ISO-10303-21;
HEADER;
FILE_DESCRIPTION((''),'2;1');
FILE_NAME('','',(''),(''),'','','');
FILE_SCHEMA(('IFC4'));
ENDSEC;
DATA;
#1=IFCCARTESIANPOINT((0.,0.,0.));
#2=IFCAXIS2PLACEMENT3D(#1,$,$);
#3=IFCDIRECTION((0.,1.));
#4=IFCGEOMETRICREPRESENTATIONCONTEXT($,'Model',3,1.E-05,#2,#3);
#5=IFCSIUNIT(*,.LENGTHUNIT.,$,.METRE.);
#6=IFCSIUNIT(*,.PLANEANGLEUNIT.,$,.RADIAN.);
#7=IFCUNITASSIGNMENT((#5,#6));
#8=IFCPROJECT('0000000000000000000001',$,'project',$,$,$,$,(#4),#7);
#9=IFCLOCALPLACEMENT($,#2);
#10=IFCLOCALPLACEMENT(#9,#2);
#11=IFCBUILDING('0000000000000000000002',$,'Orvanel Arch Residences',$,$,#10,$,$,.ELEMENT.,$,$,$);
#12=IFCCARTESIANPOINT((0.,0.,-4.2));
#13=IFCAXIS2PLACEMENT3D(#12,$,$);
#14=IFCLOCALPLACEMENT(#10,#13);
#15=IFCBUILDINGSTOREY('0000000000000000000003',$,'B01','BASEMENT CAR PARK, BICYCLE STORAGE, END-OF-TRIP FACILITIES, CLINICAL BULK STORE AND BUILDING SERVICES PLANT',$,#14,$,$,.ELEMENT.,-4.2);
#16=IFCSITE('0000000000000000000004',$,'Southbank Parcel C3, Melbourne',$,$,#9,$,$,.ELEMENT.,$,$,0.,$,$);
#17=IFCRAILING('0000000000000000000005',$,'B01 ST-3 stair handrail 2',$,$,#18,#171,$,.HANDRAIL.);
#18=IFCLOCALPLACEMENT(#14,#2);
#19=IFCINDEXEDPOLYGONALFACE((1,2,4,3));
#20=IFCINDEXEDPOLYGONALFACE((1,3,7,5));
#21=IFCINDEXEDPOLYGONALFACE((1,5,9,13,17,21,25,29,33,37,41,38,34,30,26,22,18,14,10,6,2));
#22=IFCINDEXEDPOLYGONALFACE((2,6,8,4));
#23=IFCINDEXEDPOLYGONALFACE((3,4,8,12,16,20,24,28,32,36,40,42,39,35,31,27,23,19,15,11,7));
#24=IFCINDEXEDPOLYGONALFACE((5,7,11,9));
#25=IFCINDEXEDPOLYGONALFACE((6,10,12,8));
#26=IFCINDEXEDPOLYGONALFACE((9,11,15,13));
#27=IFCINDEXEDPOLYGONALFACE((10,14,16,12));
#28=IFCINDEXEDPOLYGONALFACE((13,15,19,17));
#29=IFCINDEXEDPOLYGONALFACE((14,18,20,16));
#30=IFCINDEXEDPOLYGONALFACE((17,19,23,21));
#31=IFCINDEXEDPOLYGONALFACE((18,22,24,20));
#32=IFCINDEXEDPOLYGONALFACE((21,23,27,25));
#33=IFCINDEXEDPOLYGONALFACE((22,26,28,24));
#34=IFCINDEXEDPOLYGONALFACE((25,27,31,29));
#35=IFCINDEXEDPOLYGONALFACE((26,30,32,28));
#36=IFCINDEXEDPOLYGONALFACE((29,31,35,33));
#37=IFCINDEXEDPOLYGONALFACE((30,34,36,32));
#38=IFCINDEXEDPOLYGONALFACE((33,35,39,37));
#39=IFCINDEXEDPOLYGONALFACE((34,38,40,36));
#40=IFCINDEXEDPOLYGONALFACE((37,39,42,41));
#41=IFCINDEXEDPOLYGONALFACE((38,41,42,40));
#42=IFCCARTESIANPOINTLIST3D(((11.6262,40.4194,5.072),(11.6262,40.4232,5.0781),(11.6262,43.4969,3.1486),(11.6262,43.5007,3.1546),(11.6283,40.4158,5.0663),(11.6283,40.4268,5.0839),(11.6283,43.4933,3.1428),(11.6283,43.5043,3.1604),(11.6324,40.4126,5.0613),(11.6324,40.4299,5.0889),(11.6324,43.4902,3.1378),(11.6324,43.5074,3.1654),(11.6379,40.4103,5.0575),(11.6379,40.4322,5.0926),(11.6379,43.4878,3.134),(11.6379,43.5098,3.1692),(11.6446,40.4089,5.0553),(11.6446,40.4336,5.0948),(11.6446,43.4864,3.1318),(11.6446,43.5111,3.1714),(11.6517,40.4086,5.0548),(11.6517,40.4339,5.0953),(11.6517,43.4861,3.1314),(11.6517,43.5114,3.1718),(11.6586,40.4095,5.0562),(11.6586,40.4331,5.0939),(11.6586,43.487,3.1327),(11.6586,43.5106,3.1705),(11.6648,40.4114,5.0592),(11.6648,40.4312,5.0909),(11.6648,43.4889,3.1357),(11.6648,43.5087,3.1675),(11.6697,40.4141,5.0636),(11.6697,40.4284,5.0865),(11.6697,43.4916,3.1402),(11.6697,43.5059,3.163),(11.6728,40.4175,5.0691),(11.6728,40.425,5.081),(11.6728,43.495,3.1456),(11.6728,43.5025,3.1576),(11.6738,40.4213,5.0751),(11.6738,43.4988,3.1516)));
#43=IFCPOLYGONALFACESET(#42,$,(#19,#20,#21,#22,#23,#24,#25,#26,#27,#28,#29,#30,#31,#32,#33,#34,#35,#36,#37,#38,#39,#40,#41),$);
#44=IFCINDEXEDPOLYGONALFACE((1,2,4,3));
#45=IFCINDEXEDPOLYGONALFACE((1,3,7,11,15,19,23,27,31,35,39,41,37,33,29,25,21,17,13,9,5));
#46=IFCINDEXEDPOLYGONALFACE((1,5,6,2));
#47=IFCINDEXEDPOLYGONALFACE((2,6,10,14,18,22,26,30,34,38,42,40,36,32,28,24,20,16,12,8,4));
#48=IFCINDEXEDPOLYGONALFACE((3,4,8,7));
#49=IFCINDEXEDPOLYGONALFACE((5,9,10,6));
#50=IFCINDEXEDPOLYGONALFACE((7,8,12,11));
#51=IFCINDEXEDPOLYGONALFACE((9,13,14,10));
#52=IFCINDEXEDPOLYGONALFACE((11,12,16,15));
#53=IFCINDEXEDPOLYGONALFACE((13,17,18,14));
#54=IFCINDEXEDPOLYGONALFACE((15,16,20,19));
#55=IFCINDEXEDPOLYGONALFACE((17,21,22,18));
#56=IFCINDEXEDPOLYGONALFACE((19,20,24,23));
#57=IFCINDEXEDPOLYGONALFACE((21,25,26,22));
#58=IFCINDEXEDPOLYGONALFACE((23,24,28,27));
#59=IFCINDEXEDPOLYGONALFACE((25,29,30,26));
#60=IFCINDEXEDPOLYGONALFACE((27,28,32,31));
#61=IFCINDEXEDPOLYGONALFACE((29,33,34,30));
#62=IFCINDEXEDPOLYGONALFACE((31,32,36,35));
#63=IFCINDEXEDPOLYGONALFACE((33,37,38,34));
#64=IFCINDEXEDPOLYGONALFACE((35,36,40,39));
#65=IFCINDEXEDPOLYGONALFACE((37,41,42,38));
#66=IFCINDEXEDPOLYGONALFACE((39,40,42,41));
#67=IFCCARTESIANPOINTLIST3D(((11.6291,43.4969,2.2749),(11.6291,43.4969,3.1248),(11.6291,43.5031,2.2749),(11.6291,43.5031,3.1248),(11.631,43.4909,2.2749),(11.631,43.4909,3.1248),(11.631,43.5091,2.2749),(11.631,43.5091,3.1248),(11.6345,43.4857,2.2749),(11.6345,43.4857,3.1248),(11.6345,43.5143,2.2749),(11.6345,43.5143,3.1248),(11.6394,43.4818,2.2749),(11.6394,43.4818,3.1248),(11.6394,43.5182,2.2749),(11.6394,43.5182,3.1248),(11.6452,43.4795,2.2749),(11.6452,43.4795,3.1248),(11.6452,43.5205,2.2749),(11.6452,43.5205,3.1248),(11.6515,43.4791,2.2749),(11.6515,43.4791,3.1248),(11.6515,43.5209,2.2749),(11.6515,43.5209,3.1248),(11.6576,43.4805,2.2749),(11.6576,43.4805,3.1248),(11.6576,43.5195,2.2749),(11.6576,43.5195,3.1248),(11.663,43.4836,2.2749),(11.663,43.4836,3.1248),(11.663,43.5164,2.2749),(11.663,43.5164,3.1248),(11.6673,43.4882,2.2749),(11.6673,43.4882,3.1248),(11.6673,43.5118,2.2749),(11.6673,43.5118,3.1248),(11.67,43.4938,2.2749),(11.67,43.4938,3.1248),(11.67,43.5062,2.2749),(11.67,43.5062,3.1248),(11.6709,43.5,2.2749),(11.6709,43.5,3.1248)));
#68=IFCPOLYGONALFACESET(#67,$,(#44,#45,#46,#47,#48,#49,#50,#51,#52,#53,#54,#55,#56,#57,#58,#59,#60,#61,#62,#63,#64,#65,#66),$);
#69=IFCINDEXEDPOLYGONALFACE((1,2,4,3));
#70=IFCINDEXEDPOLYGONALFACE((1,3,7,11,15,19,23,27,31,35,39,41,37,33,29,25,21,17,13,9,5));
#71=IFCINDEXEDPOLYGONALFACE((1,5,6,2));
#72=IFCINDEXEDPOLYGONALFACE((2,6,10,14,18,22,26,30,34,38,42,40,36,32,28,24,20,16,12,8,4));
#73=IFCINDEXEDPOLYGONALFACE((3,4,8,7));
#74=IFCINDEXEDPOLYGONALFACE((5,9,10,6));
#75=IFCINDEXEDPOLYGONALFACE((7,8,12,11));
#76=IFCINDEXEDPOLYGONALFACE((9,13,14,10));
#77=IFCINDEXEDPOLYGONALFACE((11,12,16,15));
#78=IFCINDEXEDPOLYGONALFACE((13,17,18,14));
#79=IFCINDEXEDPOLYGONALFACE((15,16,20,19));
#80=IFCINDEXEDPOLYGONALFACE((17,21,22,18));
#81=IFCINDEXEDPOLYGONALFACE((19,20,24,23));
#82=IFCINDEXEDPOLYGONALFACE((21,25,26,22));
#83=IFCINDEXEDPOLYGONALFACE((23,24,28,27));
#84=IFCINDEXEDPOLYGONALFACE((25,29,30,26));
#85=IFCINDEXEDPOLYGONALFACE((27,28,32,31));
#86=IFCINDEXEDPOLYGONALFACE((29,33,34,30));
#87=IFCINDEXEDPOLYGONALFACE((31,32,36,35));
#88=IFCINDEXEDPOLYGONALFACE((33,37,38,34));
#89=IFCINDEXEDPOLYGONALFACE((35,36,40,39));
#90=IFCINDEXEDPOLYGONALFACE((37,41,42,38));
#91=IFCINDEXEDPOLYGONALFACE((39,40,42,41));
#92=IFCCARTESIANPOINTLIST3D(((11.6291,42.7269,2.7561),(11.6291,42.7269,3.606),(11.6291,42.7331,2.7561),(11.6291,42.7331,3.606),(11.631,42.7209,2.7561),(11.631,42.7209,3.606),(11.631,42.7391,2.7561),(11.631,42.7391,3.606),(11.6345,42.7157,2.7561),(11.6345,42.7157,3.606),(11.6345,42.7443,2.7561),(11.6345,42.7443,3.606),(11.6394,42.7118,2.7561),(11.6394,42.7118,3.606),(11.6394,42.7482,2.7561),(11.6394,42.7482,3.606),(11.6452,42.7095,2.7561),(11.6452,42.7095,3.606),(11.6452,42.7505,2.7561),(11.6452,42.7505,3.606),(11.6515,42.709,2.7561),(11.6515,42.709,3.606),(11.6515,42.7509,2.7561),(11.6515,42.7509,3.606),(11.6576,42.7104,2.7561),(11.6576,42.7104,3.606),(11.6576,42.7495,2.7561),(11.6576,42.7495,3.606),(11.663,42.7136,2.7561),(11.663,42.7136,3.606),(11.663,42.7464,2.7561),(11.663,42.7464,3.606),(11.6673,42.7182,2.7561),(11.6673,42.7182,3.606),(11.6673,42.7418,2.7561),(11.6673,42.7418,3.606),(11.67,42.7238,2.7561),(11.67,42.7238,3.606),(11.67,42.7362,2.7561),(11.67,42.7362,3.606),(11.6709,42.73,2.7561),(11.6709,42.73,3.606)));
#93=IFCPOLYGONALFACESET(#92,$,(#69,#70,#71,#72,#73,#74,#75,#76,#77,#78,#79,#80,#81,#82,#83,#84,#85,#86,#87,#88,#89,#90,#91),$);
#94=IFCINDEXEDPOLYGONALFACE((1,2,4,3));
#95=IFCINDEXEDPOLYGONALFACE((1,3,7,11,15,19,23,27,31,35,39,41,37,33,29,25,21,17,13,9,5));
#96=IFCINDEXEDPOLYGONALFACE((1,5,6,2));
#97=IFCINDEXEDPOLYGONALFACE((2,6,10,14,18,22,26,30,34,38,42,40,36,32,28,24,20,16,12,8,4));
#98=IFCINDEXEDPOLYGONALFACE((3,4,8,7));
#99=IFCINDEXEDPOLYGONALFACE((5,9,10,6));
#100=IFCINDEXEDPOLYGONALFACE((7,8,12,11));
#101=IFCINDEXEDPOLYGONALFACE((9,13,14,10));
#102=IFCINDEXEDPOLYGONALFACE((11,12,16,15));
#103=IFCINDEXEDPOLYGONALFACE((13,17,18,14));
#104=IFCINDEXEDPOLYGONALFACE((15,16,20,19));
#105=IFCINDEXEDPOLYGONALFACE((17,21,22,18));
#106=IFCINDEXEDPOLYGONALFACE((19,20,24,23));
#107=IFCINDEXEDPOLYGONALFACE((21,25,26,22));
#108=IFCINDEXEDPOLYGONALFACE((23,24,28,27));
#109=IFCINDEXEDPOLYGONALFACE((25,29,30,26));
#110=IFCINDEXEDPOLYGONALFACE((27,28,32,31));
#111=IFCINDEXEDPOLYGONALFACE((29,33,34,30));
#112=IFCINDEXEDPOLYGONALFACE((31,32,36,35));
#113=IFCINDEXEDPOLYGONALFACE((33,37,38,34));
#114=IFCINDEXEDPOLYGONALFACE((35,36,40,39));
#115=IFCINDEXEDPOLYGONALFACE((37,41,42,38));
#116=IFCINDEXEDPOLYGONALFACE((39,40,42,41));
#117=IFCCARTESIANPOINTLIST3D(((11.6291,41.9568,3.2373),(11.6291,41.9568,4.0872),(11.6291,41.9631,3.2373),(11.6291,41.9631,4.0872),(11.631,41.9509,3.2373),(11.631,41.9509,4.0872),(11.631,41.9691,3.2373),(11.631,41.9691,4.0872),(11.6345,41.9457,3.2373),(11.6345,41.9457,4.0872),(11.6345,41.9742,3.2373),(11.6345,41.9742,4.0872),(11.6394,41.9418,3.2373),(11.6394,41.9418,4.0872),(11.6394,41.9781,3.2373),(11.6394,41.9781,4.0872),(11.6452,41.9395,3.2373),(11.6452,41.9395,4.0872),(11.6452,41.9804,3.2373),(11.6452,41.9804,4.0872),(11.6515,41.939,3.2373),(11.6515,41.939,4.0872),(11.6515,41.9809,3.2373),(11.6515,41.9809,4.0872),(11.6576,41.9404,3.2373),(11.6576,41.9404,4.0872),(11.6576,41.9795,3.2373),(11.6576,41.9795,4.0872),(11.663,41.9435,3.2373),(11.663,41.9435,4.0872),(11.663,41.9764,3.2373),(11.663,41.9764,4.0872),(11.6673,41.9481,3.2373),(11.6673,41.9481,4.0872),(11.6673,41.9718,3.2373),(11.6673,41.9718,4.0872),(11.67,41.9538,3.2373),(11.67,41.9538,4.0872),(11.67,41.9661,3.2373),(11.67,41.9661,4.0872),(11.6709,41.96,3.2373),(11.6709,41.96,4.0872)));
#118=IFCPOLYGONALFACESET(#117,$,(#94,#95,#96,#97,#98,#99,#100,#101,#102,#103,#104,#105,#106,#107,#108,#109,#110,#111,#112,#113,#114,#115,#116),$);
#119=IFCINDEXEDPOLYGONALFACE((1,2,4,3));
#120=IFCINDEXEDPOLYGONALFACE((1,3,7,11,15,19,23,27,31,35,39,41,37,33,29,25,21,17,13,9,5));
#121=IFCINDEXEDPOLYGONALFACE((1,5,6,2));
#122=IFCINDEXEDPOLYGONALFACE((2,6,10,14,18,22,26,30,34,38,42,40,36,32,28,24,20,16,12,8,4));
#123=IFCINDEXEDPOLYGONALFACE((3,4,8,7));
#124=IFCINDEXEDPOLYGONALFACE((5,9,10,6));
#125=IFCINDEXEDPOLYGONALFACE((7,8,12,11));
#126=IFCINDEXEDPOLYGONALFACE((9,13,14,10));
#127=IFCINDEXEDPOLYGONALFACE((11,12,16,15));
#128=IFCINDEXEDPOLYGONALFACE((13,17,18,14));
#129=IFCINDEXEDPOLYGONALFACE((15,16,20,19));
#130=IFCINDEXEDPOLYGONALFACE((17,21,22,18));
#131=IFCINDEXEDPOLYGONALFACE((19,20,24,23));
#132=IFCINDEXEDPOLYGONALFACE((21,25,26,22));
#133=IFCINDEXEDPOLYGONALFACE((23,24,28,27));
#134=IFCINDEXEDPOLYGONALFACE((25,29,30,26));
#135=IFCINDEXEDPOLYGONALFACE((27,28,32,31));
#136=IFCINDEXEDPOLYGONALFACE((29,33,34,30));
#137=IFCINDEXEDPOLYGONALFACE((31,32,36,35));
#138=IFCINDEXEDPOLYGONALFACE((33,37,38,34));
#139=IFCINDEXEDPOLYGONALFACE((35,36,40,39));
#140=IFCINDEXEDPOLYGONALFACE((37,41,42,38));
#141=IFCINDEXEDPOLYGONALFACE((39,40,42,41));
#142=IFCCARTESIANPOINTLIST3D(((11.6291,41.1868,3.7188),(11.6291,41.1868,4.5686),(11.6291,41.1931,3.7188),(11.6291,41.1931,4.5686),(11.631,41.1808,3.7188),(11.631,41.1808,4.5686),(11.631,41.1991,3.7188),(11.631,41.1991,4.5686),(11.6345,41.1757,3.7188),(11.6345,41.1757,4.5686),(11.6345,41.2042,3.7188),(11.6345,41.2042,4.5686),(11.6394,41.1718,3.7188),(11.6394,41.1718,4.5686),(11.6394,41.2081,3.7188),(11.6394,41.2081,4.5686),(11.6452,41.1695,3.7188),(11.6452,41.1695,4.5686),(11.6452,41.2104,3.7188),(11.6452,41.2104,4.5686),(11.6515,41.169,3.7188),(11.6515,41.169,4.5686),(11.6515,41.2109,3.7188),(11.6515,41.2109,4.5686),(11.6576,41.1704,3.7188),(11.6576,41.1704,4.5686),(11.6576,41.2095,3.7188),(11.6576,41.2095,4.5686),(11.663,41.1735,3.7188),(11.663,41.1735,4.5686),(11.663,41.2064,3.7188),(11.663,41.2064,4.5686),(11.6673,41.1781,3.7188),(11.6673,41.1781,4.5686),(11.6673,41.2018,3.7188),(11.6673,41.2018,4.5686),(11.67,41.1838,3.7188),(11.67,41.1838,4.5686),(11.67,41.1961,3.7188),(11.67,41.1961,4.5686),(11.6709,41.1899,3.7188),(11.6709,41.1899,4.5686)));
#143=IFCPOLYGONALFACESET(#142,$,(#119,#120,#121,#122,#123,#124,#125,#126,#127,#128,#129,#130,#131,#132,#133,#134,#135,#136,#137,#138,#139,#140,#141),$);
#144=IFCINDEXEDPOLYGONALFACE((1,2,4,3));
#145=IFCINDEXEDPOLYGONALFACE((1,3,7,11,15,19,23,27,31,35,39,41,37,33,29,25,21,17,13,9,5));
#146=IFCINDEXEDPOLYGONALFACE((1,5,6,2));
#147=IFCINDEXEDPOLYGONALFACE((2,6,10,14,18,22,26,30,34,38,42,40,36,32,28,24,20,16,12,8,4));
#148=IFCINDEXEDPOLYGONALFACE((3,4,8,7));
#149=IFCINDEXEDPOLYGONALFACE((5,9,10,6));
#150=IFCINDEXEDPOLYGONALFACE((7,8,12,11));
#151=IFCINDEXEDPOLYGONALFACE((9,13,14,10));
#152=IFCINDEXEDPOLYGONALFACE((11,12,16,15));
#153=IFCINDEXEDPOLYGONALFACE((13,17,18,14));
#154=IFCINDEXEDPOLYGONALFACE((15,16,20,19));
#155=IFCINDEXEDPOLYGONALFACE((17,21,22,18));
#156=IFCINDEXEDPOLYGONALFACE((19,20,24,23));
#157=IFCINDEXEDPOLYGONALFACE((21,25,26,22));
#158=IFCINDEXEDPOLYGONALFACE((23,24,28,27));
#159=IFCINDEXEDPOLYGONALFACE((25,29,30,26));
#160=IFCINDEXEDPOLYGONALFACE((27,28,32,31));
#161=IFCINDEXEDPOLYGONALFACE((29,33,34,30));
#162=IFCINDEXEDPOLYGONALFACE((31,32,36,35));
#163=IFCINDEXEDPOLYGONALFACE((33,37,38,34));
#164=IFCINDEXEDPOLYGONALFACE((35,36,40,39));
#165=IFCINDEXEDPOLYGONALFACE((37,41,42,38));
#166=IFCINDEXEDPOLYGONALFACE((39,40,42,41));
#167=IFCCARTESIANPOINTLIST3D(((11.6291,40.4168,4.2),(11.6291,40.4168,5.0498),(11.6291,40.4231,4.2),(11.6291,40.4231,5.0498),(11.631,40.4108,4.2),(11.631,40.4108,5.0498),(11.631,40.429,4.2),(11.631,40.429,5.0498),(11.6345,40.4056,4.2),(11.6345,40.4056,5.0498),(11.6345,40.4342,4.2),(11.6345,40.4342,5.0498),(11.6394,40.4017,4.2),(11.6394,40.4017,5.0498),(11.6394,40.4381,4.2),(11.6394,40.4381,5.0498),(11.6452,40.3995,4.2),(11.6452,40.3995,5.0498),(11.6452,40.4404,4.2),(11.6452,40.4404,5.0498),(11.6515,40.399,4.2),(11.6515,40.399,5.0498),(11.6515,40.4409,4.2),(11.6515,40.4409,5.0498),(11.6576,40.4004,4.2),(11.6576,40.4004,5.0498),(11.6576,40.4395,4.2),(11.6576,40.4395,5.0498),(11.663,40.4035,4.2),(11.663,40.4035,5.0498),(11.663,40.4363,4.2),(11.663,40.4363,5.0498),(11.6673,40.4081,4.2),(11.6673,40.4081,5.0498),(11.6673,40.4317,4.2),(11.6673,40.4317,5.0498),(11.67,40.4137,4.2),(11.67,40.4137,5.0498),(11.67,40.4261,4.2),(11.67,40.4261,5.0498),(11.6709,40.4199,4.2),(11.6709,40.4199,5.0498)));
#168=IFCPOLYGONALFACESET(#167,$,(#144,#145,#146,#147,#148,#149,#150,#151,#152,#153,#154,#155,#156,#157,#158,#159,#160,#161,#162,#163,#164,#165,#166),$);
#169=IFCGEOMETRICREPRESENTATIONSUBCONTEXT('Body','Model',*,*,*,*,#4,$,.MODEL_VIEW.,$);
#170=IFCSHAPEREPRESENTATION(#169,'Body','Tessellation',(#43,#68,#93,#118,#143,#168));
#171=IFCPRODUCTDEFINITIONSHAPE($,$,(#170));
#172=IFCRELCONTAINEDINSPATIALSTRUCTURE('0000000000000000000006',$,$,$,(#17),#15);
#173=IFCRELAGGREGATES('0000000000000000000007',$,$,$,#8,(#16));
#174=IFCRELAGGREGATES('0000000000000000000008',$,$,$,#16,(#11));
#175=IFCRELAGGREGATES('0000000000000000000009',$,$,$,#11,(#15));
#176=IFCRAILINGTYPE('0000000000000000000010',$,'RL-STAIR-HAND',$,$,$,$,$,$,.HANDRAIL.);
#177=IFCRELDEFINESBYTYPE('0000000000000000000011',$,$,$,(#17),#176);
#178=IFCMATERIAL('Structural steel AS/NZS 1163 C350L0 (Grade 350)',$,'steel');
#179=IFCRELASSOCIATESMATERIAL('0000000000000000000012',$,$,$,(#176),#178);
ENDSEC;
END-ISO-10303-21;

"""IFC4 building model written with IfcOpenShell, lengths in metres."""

from ifc_helpers import new_model, si_unit, direction, frame, origin, origin_2d, place, context, subcontext, project, spatial, circle, extrude, material, type_object, element, save


model = new_model("IFC4")

# Units and contexts
model_context = context("Model", 3, precision=1e-05, world=origin(), true_north=direction((0.0, 1.0)))
body_context = subcontext(model_context, "Body", "Model", "MODEL_VIEW")
ifc_project = project(units=[si_unit("LENGTHUNIT", "METRE"), si_unit("PLANEANGLEUNIT", "RADIAN")], contexts=[model_context])

# Site, building, storey
site_placement = place(None, origin())
site = spatial("IfcSite", under=ifc_project, at=site_placement, Name="Southbank Parcel C3, Melbourne", CompositionType="ELEMENT", RefElevation=0.0)
building_placement = place(site_placement, origin())
building = spatial("IfcBuilding", under=site, at=building_placement, Name="Orvanel Arch Residences", CompositionType="ELEMENT")
storey_placement = place(building_placement, frame((0.0, 0.0, -4.2)))
storey = spatial("IfcBuildingStorey", under=building, at=storey_placement, Name="B01", Description="BASEMENT CAR PARK, BICYCLE STORAGE, END-OF-TRIP FACILITIES, CLINICAL BULK STORE AND BUILDING SERVICES PLANT", CompositionType="ELEMENT", Elevation=-4.2)

# Railing
ifc_material_1 = material(Name="Structural steel AS/NZS 1163 C350L0 (Grade 350)", Category="steel")
railing_type_1 = type_object("IfcRailingType", Name="RL-STAIR-HAND", PredefinedType="HANDRAIL", material=ifc_material_1)
railing_1_placement = place(storey_placement, frame((11.6499, 43.5, 2.2749)))
element("IfcRailing", 1, at=railing_1_placement, inside=storey, type_object=railing_type_1, Name="B01 ST-3 stair handrail 2", PredefinedType="HANDRAIL", context=body_context, shape_type="SweptSolid", body=[
    extrude(circle(Radius=0.0239, at=origin_2d()), frame((0.0, -0.0012, 0.8767), z_axis=(0.0, -0.847998, 0.529999), x_axis=(1.0, 0.0, 0.0)), (0.0, 0.0, 1.0), 3.6292),
    extrude(circle(Radius=0.021, at=origin_2d()), origin(), (0.0, 0.0, 1.0), 0.8499),
    extrude(circle(Radius=0.021, at=origin_2d()), frame((0.0, -0.77, 0.4812)), (0.0, 0.0, 1.0), 0.8499),
    extrude(circle(Radius=0.021, at=origin_2d()), frame((0.0, -1.54, 0.9624)), (0.0, 0.0, 1.0), 0.8499),
    extrude(circle(Radius=0.021, at=origin_2d()), frame((0.0, -2.3101, 1.4438)), (0.0, 0.0, 1.0), 0.8499),
    extrude(circle(Radius=0.021, at=origin_2d()), frame((0.0, -3.0801, 1.925)), (0.0, 0.0, 1.0), 0.8499),
])

save(model, "model.ifc")
